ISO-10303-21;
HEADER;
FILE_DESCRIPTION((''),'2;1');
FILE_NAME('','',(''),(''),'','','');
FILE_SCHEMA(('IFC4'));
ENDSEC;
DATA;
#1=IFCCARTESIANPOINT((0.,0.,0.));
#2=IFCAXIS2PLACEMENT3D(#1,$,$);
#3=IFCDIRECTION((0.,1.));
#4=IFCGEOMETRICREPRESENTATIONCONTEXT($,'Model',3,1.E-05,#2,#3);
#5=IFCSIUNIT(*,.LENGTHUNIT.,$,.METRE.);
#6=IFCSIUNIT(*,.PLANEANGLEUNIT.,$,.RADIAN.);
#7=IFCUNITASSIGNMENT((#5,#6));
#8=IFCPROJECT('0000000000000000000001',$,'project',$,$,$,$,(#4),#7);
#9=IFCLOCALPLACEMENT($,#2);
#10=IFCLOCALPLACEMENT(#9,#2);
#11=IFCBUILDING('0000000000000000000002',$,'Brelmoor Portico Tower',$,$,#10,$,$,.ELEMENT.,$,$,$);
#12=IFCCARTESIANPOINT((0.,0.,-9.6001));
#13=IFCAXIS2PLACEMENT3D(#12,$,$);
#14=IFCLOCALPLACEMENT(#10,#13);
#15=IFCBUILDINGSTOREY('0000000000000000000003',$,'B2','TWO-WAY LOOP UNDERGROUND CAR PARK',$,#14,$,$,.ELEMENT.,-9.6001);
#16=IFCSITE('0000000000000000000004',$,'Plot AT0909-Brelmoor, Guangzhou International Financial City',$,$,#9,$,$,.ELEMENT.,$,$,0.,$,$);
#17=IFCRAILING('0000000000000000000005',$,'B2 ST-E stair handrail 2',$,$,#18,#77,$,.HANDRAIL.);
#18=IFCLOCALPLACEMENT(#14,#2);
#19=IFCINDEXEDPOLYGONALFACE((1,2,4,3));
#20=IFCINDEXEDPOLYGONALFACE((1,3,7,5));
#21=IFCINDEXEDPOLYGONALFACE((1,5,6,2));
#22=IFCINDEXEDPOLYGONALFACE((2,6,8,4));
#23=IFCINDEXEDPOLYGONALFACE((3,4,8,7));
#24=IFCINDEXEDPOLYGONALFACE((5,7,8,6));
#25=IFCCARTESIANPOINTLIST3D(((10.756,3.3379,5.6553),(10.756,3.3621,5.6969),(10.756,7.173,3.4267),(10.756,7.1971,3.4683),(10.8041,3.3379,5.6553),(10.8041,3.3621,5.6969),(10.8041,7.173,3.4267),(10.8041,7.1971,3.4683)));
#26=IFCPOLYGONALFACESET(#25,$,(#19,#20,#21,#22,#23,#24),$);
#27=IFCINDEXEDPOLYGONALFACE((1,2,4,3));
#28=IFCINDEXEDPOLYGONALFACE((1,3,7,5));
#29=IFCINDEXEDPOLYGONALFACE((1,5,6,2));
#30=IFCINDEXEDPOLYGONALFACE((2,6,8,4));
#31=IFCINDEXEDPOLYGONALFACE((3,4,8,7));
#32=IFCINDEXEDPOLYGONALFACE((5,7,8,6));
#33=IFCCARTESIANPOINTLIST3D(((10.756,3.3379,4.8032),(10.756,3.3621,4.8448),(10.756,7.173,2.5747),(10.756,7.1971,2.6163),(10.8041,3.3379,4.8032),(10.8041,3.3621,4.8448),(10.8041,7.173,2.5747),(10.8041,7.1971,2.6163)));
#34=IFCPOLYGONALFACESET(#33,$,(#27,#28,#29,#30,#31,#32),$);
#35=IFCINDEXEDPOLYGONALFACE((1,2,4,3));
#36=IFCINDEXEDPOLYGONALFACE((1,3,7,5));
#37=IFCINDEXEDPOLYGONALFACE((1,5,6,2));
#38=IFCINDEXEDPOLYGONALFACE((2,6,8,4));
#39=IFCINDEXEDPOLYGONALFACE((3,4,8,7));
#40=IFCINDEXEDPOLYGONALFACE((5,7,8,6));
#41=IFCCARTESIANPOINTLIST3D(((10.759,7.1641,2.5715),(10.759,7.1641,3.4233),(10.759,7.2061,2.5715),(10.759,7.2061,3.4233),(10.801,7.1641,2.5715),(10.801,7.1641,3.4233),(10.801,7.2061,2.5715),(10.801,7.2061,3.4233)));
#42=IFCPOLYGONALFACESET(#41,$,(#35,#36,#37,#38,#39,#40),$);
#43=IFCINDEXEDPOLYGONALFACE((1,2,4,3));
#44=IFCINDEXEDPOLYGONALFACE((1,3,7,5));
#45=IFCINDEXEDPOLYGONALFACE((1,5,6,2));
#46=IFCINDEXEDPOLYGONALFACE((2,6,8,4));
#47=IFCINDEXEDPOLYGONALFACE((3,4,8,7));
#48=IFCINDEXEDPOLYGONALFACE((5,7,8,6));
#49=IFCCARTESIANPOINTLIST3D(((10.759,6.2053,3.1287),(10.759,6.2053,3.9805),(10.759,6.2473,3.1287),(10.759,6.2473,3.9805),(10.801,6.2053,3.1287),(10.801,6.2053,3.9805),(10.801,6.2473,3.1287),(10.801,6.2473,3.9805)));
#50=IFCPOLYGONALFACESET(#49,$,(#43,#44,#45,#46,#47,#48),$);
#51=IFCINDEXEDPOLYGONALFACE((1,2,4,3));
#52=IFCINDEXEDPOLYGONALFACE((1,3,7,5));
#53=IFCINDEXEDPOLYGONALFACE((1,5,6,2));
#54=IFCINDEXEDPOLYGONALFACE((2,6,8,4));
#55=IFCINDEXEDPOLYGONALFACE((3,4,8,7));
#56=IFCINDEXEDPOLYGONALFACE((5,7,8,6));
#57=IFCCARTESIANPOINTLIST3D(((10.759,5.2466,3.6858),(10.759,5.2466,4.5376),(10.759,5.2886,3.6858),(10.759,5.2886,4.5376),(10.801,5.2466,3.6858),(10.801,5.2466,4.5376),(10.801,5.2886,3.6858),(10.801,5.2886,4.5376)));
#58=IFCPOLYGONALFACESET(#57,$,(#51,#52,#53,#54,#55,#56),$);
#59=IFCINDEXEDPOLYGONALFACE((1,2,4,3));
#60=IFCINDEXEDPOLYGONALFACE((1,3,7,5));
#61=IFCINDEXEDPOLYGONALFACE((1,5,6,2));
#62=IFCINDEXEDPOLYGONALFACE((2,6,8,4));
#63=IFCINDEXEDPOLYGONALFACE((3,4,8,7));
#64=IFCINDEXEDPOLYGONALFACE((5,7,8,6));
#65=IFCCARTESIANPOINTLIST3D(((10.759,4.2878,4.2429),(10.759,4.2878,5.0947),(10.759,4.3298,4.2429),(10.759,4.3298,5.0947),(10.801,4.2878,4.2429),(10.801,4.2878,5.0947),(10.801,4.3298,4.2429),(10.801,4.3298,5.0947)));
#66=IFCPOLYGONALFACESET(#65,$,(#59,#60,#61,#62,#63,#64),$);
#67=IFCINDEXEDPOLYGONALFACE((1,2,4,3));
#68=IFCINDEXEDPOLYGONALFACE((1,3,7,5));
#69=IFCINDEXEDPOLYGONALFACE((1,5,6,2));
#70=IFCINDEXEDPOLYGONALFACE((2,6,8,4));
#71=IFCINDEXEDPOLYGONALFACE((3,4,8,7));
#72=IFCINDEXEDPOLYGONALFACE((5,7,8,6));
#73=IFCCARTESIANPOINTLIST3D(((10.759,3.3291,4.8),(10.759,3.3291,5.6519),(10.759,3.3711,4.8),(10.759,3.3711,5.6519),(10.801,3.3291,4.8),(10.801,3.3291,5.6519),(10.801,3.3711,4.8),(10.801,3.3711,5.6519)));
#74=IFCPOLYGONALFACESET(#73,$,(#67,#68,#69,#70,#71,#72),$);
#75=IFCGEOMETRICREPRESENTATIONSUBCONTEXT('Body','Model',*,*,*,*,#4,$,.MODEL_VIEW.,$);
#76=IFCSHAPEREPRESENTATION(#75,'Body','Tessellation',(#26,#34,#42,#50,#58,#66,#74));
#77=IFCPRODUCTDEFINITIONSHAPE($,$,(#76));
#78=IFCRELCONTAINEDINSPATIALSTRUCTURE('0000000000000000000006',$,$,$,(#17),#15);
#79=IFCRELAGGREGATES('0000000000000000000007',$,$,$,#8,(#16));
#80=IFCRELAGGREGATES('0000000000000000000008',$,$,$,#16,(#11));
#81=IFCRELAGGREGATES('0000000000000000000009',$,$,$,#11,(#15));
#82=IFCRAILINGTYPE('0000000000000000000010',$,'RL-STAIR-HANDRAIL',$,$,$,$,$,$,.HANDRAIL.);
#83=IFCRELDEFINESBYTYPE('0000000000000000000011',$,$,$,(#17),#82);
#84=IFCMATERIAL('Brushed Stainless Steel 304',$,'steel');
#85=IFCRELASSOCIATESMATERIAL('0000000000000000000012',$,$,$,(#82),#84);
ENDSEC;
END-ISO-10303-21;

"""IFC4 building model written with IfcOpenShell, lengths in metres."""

from ifc_helpers import new_model, si_unit, direction, frame, origin, origin_2d, place, context, subcontext, project, spatial, rectangle, extrude, material, type_object, element, save


model = new_model("IFC4")

# Units and contexts
model_context = context("Model", 3, precision=1e-05, world=origin(), true_north=direction((0.0, 1.0)))
body_context = subcontext(model_context, "Body", "Model", "MODEL_VIEW")
ifc_project = project(units=[si_unit("LENGTHUNIT", "METRE"), si_unit("PLANEANGLEUNIT", "RADIAN")], contexts=[model_context])

# Site, building, storey
site_placement = place(None, origin())
site = spatial("IfcSite", under=ifc_project, at=site_placement, Name="Plot AT0909-Brelmoor, Guangzhou International Financial City", CompositionType="ELEMENT", RefElevation=0.0)
building_placement = place(site_placement, origin())
building = spatial("IfcBuilding", under=site, at=building_placement, Name="Brelmoor Portico Tower", CompositionType="ELEMENT")
storey_placement = place(building_placement, frame((0.0, 0.0, -9.6001)))
storey = spatial("IfcBuildingStorey", under=building, at=storey_placement, Name="B2", Description="TWO-WAY LOOP UNDERGROUND CAR PARK", CompositionType="ELEMENT", Elevation=-9.6001)

# Railing
ifc_material_1 = material(Name="Brushed Stainless Steel 304", Category="steel")
railing_type_1 = type_object("IfcRailingType", Name="RL-STAIR-HANDRAIL", PredefinedType="HANDRAIL", material=ifc_material_1)
railing_1_placement = place(storey_placement, frame((10.78, 7.1851, 2.5715)))
element("IfcRailing", 1, at=railing_1_placement, inside=storey, type_object=railing_type_1, Name="B2 ST-E stair handrail 2", PredefinedType="HANDRAIL", context=body_context, shape_type="SweptSolid", body=[
    extrude(rectangle(XDim=0.0481, YDim=0.0481, at=origin_2d()), frame((0.0, 0.0, 0.876), z_axis=(0.0, -0.864616, 0.502433), x_axis=(1.0, 0.0, 0.0)), (0.0, 0.0, 1.0), 4.4355),
    extrude(rectangle(XDim=0.0481, YDim=0.0481, at=origin_2d()), frame((0.0, 0.0, 0.0239), z_axis=(0.0, -0.864616, 0.502433), x_axis=(1.0, 0.0, 0.0)), (0.0, 0.0, 1.0), 4.4355),
    extrude(rectangle(XDim=0.042, YDim=0.042, at=origin_2d()), origin(), (0.0, 0.0, 1.0), 0.8518),
    extrude(rectangle(XDim=0.042, YDim=0.042, at=origin_2d()), frame((0.0, -0.9587, 0.5571)), (0.0, 0.0, 1.0), 0.8518),
    extrude(rectangle(XDim=0.042, YDim=0.042, at=origin_2d()), frame((0.0, -1.9175, 1.1143)), (0.0, 0.0, 1.0), 0.8518),
    extrude(rectangle(XDim=0.042, YDim=0.042, at=origin_2d()), frame((0.0, -2.8762, 1.6714)), (0.0, 0.0, 1.0), 0.8518),
    extrude(rectangle(XDim=0.042, YDim=0.042, at=origin_2d()), frame((0.0, -3.835, 2.2285)), (0.0, 0.0, 1.0), 0.8518),
])

save(model, "model.ifc")
